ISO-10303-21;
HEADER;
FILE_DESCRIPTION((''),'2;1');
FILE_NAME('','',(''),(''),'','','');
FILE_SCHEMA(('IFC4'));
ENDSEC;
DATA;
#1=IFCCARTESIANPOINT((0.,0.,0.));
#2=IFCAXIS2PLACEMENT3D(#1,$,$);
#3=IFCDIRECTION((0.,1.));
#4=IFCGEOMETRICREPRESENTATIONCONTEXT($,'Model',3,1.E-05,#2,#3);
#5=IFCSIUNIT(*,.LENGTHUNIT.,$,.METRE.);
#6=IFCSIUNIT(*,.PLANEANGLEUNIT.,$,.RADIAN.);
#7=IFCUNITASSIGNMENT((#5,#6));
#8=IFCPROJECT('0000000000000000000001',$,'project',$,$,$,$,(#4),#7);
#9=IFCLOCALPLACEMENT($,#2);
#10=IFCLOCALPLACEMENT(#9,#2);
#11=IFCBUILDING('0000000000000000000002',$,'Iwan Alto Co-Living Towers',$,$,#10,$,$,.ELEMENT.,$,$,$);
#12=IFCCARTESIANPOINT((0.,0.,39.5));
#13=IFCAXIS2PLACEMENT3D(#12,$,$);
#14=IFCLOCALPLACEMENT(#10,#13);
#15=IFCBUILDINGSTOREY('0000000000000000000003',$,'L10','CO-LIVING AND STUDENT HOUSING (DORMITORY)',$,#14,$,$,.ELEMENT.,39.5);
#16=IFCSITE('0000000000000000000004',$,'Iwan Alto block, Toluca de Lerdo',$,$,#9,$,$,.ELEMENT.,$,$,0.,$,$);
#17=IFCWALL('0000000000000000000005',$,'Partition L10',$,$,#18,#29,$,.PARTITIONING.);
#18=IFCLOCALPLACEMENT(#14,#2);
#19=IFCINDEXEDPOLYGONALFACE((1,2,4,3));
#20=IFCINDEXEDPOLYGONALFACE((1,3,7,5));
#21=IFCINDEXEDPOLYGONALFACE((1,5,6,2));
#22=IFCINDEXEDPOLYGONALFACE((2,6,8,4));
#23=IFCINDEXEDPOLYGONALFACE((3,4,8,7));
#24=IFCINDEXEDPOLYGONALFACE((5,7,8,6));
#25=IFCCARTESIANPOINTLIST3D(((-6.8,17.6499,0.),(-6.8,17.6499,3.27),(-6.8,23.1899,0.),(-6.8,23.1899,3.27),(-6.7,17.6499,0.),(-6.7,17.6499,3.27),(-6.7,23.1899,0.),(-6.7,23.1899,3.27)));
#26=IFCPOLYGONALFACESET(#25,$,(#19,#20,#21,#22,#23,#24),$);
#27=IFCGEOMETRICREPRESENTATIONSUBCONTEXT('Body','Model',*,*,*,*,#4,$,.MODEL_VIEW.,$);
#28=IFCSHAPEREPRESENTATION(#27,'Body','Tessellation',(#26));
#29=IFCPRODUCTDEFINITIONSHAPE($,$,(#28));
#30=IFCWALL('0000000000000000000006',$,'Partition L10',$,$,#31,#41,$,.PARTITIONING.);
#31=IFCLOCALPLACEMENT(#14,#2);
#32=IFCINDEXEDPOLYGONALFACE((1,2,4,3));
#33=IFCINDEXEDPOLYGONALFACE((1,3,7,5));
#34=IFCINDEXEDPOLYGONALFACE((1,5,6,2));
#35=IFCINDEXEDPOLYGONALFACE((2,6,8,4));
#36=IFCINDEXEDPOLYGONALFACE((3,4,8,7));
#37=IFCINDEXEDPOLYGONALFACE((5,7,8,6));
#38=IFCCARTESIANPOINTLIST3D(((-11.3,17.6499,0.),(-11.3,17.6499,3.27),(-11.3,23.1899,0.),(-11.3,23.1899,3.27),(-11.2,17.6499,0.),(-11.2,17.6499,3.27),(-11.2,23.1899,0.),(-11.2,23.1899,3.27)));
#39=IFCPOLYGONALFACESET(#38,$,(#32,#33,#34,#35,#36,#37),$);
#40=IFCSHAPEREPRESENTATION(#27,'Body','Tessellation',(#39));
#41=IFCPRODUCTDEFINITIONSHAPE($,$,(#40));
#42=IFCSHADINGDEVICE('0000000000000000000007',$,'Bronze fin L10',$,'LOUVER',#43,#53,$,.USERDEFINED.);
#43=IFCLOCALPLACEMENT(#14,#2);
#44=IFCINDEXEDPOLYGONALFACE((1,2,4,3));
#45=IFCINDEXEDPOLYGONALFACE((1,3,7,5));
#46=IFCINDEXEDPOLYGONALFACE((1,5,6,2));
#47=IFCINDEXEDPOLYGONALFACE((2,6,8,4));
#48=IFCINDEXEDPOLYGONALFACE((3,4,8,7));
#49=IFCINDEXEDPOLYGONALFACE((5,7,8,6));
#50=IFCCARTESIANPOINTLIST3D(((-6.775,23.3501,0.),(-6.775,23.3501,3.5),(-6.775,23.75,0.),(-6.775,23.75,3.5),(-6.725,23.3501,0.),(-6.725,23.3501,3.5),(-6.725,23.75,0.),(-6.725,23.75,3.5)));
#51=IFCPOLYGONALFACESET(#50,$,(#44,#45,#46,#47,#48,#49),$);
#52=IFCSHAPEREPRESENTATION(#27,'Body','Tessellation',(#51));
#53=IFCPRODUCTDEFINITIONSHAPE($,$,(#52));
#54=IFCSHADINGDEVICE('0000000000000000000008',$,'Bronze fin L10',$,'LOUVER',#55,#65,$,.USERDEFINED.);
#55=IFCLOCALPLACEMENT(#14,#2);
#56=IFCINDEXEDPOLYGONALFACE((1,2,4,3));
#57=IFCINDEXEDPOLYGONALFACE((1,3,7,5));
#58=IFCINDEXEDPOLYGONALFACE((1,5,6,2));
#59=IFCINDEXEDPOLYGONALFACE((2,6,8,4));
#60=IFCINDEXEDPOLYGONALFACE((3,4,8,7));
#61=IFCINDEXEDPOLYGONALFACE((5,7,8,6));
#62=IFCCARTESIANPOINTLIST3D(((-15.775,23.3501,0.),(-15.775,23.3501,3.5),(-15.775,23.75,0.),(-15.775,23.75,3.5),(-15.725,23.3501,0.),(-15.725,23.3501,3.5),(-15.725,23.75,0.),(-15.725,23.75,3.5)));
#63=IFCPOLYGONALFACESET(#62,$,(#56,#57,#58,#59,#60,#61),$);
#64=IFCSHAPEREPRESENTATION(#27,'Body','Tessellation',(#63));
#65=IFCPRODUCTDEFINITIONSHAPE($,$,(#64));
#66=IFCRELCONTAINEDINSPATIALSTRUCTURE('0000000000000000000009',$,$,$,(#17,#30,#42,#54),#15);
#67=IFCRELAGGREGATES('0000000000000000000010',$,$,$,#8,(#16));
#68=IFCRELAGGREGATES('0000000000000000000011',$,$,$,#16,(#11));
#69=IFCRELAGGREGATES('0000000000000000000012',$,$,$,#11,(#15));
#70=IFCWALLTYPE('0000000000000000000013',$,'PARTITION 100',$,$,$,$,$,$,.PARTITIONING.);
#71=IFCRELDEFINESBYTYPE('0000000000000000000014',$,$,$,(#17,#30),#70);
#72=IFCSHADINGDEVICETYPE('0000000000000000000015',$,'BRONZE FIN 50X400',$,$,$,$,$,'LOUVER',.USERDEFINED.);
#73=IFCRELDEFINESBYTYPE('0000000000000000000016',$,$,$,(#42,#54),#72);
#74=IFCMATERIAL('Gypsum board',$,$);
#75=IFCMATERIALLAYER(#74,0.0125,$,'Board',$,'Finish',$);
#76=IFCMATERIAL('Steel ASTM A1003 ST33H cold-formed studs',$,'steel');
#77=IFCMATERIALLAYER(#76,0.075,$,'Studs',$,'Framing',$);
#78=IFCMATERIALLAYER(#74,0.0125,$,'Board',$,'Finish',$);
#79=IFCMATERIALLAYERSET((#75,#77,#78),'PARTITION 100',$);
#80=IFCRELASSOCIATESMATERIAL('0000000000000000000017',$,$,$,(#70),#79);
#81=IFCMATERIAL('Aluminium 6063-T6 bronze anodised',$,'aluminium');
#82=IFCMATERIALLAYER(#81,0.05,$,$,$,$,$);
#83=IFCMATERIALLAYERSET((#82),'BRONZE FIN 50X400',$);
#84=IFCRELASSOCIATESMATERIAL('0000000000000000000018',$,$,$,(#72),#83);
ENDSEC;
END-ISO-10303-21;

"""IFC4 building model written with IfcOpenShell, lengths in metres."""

from ifc_helpers import new_model, si_unit, direction, frame, frame_2d, origin, origin_2d, place, context, subcontext, project, spatial, rectangle, extrude, material, layer, layer_set, type_object, element, save


model = new_model("IFC4")

# Units and contexts
model_context = context("Model", 3, precision=1e-05, world=origin(), true_north=direction((0.0, 1.0)))
body_context = subcontext(model_context, "Body", "Model", "MODEL_VIEW")
ifc_project = project(units=[si_unit("LENGTHUNIT", "METRE"), si_unit("PLANEANGLEUNIT", "RADIAN")], contexts=[model_context])

# Site, building, storey
site_placement = place(None, origin())
site = spatial("IfcSite", under=ifc_project, at=site_placement, Name="Iwan Alto block, Toluca de Lerdo", CompositionType="ELEMENT", RefElevation=0.0)
building_placement = place(site_placement, origin())
building = spatial("IfcBuilding", under=site, at=building_placement, Name="Iwan Alto Co-Living Towers", CompositionType="ELEMENT")
storey_placement = place(building_placement, frame((0.0, 0.0, 39.5)))
storey = spatial("IfcBuildingStorey", under=building, at=storey_placement, Name="L10", Description="CO-LIVING AND STUDENT HOUSING (DORMITORY)", CompositionType="ELEMENT", Elevation=39.5)

# Shared definitions
ifc_material_1 = material(Name="Gypsum board")
ifc_layer_1 = layer(ifc_material_1, 0.0125, Name="Board", Category="Finish")
ifc_material_2 = material(Name="Steel ASTM A1003 ST33H cold-formed studs", Category="steel")
ifc_layer_2 = layer(ifc_material_2, 0.075, Name="Studs", Category="Framing")
ifc_layer_3 = layer(ifc_material_1, 0.0125, Name="Board", Category="Finish")
ifc_layer_set_1 = layer_set([ifc_layer_1, ifc_layer_2, ifc_layer_3], Name="PARTITION 100")
wall_type = type_object("IfcWallType", Name="PARTITION 100", PredefinedType="PARTITIONING", material=ifc_layer_set_1)

# Walls
for number, where, z_axis, x_axis, name in (
    (1, (-6.75, 17.6499, 0.0), (0.0, 0.0, 1.0), (0.0, 1.0, 0.0), "Partition L10"),
    (2, (-11.25, 17.6499, 0.0), (0.0, 0.0, 1.0), (0.0, 1.0, 0.0), "Partition L10"),
):
    element("IfcWall", number, at=place(storey_placement, frame(where, z_axis=z_axis, x_axis=x_axis)), inside=storey, type_object=wall_type, Name=name, PredefinedType="PARTITIONING", context=body_context, shape_type="SweptSolid", body=[
        extrude(rectangle(XDim=5.54, YDim=0.1001, at=frame_2d((2.77, 0.0))), origin(), (0.0, 0.0, 1.0), 3.27),
    ])

# Shading devices
ifc_material_3 = material(Name="Aluminium 6063-T6 bronze anodised", Category="aluminium")
ifc_layer_4 = layer(ifc_material_3, 0.05)
ifc_layer_set_2 = layer_set([ifc_layer_4], Name="BRONZE FIN 50X400")
shading_device_type = type_object("IfcShadingDeviceType", Name="BRONZE FIN 50X400", ElementType="LOUVER", PredefinedType="USERDEFINED", material=ifc_layer_set_2)
for number, where, z_axis, x_axis, name in (
    (3, (-6.75, 23.55, 0.0), (0.0, 0.0, 1.0), (-1.0, 0.0, 0.0), "Bronze fin L10"),
    (4, (-15.75, 23.55, 0.0), (0.0, 0.0, 1.0), (-1.0, 0.0, 0.0), "Bronze fin L10"),
):
    element("IfcShadingDevice", number, at=place(storey_placement, frame(where, z_axis=z_axis, x_axis=x_axis)), inside=storey, type_object=shading_device_type, Name=name, ObjectType="LOUVER", PredefinedType="USERDEFINED", context=body_context, shape_type="SweptSolid", body=[
        extrude(rectangle(XDim=0.05, YDim=0.3999, at=origin_2d()), origin(), (0.0, 0.0, 1.0), 3.5),
    ])

save(model, "model.ifc")
